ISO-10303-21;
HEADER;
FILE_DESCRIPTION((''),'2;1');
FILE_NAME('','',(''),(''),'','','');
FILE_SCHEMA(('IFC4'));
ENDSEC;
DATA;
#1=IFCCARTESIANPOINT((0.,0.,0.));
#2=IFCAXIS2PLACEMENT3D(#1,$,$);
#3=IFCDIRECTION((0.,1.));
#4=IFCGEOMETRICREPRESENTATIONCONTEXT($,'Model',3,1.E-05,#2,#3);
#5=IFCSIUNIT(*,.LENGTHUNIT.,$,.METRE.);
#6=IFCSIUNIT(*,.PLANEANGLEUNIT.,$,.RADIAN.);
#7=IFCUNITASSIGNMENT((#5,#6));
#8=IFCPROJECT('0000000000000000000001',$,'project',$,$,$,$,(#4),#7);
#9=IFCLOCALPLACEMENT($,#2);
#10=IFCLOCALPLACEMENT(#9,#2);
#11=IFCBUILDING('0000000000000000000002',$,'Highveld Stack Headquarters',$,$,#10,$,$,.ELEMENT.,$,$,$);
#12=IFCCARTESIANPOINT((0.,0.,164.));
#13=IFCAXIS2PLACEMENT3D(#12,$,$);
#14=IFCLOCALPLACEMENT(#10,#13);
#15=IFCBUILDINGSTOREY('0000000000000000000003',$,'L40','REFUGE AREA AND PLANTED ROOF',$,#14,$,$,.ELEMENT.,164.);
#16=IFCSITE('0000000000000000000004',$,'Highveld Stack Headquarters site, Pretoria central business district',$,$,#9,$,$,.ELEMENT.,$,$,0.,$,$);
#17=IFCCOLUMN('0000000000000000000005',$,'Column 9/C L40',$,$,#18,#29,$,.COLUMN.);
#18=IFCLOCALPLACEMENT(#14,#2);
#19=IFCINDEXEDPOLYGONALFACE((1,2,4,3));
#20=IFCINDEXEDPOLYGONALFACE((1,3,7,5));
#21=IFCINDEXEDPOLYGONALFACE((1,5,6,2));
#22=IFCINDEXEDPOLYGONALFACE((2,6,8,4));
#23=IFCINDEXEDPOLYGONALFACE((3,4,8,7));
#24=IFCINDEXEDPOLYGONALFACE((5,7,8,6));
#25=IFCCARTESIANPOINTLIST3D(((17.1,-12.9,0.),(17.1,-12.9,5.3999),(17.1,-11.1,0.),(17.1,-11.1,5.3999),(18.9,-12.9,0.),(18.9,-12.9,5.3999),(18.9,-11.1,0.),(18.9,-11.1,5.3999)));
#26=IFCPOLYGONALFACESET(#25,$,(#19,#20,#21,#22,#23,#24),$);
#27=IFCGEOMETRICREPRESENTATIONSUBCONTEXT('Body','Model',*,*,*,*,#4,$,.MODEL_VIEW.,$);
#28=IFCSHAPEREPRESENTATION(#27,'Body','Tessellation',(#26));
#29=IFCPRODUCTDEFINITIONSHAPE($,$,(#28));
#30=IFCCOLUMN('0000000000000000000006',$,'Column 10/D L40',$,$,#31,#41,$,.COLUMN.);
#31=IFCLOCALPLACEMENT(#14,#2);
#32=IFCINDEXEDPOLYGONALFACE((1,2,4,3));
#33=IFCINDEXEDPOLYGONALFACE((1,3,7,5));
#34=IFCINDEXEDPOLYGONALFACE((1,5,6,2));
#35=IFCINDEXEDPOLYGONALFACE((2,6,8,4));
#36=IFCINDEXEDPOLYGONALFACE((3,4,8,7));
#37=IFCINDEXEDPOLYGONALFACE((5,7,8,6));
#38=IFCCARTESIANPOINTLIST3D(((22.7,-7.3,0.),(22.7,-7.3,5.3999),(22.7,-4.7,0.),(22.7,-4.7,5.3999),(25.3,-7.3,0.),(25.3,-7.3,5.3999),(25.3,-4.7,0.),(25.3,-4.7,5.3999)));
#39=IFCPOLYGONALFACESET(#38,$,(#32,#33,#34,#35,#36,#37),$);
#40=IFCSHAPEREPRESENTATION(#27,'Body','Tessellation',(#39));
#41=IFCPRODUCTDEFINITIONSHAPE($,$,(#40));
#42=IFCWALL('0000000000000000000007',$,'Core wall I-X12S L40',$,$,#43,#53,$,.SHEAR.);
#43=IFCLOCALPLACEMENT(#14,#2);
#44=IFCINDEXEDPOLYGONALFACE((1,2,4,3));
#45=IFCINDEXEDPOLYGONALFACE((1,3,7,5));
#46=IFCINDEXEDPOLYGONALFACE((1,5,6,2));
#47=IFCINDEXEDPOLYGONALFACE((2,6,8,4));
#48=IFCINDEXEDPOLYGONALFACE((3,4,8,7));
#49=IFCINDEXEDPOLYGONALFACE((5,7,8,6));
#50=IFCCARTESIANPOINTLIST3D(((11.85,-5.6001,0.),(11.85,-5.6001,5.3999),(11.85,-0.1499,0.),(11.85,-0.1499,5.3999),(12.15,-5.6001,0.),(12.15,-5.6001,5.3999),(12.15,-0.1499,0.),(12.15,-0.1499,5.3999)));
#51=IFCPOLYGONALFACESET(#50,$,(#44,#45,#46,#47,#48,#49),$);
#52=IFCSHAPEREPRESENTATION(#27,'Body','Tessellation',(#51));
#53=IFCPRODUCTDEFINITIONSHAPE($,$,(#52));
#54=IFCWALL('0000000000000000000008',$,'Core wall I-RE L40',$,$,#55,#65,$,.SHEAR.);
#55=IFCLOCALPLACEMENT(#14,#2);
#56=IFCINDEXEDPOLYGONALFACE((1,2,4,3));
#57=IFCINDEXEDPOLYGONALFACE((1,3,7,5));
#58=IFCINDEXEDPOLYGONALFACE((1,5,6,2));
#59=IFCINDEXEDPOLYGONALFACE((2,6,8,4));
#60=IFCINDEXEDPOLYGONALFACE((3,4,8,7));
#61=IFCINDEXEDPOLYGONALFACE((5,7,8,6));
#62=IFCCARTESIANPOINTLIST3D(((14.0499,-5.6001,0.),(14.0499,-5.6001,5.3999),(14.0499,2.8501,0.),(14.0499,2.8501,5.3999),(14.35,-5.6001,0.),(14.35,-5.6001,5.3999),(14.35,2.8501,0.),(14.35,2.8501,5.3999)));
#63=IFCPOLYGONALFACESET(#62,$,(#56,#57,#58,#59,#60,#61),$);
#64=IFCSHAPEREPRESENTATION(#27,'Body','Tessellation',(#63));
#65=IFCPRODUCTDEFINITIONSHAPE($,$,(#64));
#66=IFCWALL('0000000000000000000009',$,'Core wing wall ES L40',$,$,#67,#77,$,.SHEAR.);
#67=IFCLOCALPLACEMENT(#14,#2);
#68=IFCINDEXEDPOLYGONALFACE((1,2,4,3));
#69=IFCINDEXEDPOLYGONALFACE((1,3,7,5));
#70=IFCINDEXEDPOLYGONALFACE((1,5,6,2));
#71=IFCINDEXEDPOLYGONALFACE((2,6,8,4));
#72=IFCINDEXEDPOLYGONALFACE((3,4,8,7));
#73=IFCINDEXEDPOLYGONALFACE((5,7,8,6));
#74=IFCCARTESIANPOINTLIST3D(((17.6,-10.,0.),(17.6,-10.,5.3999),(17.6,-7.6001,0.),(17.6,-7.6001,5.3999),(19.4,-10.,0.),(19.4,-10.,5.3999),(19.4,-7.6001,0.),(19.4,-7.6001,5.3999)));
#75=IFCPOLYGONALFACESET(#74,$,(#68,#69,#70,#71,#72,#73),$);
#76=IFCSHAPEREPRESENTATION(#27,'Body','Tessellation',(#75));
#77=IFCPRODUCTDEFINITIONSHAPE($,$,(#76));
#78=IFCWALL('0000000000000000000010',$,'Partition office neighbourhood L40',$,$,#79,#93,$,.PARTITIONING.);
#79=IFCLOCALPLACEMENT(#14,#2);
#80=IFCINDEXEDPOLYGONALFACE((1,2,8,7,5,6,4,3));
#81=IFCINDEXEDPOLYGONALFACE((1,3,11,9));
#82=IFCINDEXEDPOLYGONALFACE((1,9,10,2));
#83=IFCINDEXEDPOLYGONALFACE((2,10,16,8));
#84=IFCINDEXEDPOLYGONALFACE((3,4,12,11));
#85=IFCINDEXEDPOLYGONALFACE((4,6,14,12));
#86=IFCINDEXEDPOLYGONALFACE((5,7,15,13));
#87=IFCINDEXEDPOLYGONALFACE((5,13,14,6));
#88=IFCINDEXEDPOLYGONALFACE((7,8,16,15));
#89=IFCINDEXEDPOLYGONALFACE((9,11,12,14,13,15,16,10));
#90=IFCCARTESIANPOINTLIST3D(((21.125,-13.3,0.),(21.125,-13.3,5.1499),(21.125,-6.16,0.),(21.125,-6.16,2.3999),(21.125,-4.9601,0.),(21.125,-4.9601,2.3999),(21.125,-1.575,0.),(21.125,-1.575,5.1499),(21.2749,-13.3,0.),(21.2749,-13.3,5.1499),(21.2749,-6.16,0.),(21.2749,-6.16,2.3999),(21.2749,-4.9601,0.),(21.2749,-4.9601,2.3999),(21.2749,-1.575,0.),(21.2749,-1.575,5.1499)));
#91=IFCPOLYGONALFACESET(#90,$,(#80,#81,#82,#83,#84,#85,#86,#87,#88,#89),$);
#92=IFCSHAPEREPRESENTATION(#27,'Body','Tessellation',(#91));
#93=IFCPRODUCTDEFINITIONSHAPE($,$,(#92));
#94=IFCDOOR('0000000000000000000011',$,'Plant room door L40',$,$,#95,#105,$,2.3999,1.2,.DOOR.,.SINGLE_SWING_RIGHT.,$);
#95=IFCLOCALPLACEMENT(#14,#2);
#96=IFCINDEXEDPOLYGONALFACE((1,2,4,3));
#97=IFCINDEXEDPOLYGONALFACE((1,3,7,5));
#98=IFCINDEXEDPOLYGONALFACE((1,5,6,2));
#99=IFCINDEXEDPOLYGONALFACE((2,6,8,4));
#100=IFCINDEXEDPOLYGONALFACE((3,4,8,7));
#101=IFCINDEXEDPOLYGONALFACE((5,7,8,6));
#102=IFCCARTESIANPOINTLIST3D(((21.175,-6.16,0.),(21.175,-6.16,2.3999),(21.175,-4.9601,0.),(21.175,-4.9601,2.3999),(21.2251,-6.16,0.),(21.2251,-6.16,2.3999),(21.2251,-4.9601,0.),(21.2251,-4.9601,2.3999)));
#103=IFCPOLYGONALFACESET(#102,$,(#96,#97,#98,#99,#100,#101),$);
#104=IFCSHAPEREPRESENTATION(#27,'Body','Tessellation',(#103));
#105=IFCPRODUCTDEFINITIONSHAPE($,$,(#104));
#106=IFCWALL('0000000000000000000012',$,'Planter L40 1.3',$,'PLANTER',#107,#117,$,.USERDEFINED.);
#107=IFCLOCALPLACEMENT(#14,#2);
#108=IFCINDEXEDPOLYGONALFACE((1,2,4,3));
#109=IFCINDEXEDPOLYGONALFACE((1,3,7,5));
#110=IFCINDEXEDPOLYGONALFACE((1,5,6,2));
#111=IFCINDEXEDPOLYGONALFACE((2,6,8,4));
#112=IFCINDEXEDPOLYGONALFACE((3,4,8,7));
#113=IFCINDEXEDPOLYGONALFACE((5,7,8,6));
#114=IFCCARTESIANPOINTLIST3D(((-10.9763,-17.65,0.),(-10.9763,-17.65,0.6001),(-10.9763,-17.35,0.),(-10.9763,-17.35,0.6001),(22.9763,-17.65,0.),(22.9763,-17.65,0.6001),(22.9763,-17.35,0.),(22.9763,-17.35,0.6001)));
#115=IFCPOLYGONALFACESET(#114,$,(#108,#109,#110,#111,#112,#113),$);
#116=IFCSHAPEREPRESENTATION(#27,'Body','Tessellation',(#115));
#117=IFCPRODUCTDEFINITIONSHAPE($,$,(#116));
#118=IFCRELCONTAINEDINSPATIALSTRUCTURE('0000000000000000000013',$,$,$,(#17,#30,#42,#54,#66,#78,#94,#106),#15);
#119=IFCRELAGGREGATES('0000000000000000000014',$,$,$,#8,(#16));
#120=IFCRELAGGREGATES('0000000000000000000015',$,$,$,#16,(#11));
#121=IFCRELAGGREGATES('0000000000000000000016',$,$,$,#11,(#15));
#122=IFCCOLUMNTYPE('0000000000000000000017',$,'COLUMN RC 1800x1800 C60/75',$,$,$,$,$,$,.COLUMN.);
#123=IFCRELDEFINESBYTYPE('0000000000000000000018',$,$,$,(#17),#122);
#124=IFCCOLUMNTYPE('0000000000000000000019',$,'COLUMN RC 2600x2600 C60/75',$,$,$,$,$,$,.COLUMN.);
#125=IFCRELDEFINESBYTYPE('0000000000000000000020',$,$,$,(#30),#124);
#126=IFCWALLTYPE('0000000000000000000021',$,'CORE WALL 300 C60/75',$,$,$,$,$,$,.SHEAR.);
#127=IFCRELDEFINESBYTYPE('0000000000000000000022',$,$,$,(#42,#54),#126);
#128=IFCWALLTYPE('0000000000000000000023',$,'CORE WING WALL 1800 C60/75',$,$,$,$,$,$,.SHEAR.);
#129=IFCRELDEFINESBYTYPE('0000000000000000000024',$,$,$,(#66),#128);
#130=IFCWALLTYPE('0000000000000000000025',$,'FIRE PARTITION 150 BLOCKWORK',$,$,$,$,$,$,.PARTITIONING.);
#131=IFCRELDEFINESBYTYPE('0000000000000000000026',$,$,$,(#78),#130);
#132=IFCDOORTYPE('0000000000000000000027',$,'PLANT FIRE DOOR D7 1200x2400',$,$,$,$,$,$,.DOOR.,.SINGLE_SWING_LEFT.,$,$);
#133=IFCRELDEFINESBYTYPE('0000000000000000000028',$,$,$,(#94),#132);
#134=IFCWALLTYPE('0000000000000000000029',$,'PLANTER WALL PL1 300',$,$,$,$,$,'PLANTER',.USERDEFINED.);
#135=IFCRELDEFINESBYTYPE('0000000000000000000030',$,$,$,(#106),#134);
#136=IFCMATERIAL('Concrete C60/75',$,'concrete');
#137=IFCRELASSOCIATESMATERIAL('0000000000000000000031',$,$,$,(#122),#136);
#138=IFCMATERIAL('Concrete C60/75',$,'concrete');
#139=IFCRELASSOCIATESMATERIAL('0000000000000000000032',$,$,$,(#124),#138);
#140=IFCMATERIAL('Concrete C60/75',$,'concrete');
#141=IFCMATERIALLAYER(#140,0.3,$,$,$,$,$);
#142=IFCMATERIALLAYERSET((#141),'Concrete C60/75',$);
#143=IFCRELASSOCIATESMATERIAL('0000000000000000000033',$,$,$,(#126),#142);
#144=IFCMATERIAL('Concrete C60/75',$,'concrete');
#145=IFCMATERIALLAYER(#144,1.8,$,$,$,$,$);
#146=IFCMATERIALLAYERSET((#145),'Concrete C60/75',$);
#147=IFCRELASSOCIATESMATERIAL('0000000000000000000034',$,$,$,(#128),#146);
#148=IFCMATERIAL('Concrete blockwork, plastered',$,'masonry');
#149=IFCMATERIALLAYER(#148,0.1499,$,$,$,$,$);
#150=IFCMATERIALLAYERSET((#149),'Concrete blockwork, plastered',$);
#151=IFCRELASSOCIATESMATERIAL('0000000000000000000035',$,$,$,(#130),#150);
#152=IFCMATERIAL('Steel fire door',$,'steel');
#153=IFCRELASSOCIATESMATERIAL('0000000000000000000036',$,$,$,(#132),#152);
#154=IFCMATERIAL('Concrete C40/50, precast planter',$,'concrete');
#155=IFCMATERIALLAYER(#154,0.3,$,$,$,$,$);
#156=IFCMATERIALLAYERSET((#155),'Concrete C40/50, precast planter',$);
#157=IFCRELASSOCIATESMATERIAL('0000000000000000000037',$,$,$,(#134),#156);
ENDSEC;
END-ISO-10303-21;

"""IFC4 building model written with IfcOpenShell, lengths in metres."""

from ifc_helpers import new_model, si_unit, direction, frame, frame_2d, origin, origin_2d, place, context, subcontext, project, spatial, rectangle, extrude, material, layer, layer_set, material_profile, profile_set, type_object, element, fill, save


model = new_model("IFC4")

# Units and contexts
model_context = context("Model", 3, precision=1e-05, world=origin(), true_north=direction((0.0, 1.0)))
body_context = subcontext(model_context, "Body", "Model", "MODEL_VIEW")
ifc_project = project(units=[si_unit("LENGTHUNIT", "METRE"), si_unit("PLANEANGLEUNIT", "RADIAN")], contexts=[model_context])

# Site, building, storey
site_placement = place(None, origin())
site = spatial("IfcSite", under=ifc_project, at=site_placement, Name="Highveld Stack Headquarters site, Pretoria central business district", CompositionType="ELEMENT", RefElevation=0.0)
building_placement = place(site_placement, origin())
building = spatial("IfcBuilding", under=site, at=building_placement, Name="Highveld Stack Headquarters", CompositionType="ELEMENT")
storey_placement = place(building_placement, frame((0.0, 0.0, 164.0)))
storey = spatial("IfcBuildingStorey", under=building, at=storey_placement, Name="L40", Description="REFUGE AREA AND PLANTED ROOF", CompositionType="ELEMENT", Elevation=164.0)

# Columns
ifc_material_1 = material(Name="Concrete C60/75", Category="concrete")
ifc_material_profile_1 = material_profile(ifc_material_1, rectangle(XDim=1.8, YDim=1.8, at=origin_2d()), Name="RC 1800x1800")
ifc_profile_set_1 = profile_set([ifc_material_profile_1], Name="Concrete C60/75")
column_type_1 = type_object("IfcColumnType", Name="COLUMN RC 1800x1800 C60/75", PredefinedType="COLUMN", material=ifc_profile_set_1)
column_1_placement = place(storey_placement, frame((18.0, -12.0, 0.0), z_axis=(0.0, 0.0, 1.0), x_axis=(1.0, 0.0, 0.0)))
element("IfcColumn", 1, at=column_1_placement, inside=storey, type_object=column_type_1, Name="Column 9/C L40", PredefinedType="COLUMN", context=body_context, shape_type="SweptSolid", body=[
    extrude(rectangle(XDim=1.8, YDim=1.8, at=origin_2d()), origin(), (0.0, 0.0, 1.0), 5.3999),
])
ifc_material_2 = material(Name="Concrete C60/75", Category="concrete")
ifc_material_profile_2 = material_profile(ifc_material_2, rectangle(XDim=2.6001, YDim=2.6001, at=origin_2d()), Name="RC 2600x2600")
ifc_profile_set_2 = profile_set([ifc_material_profile_2], Name="Concrete C60/75")
column_type_2 = type_object("IfcColumnType", Name="COLUMN RC 2600x2600 C60/75", PredefinedType="COLUMN", material=ifc_profile_set_2)
column_2_placement = place(storey_placement, frame((24.0, -6.0, 0.0), z_axis=(0.0, 0.0, 1.0), x_axis=(1.0, 0.0, 0.0)))
element("IfcColumn", 2, at=column_2_placement, inside=storey, type_object=column_type_2, Name="Column 10/D L40", PredefinedType="COLUMN", context=body_context, shape_type="SweptSolid", body=[
    extrude(rectangle(XDim=2.6001, YDim=2.6001, at=origin_2d()), origin(), (0.0, 0.0, 1.0), 5.3999),
])

# Walls
ifc_material_3 = material(Name="Concrete C60/75", Category="concrete")
ifc_layer_1 = layer(ifc_material_3, 0.3)
ifc_layer_set_1 = layer_set([ifc_layer_1], Name="Concrete C60/75")
wall_type_1 = type_object("IfcWallType", Name="CORE WALL 300 C60/75", PredefinedType="SHEAR", material=ifc_layer_set_1)
wall_1_placement = place(storey_placement, frame((12.0, -5.6001, 0.0), z_axis=(0.0, 0.0, 1.0), x_axis=(0.0, 1.0, 0.0)))
element("IfcWall", 3, at=wall_1_placement, inside=storey, type_object=wall_type_1, Name="Core wall I-X12S L40", PredefinedType="SHEAR", context=body_context, shape_type="SweptSolid", body=[
    extrude(rectangle(XDim=5.4502, YDim=0.3, at=frame_2d((2.7251, 0.0))), origin(), (0.0, 0.0, 1.0), 5.3999),
])
wall_2_placement = place(storey_placement, frame((14.2, -5.6001, 0.0), z_axis=(0.0, 0.0, 1.0), x_axis=(0.0, 1.0, 0.0)))
element("IfcWall", 4, at=wall_2_placement, inside=storey, type_object=wall_type_1, Name="Core wall I-RE L40", PredefinedType="SHEAR", context=body_context, shape_type="SweptSolid", body=[
    extrude(rectangle(XDim=8.4502, YDim=0.3, at=frame_2d((4.2251, 0.0))), origin(), (0.0, 0.0, 1.0), 5.3999),
])
ifc_material_4 = material(Name="Concrete C60/75", Category="concrete")
ifc_layer_2 = layer(ifc_material_4, 1.8)
ifc_layer_set_2 = layer_set([ifc_layer_2], Name="Concrete C60/75")
wall_type_2 = type_object("IfcWallType", Name="CORE WING WALL 1800 C60/75", PredefinedType="SHEAR", material=ifc_layer_set_2)
wall_3_placement = place(storey_placement, frame((18.5, -10.0, 0.0), z_axis=(0.0, 0.0, 1.0), x_axis=(0.0, 1.0, 0.0)))
element("IfcWall", 5, at=wall_3_placement, inside=storey, type_object=wall_type_2, Name="Core wing wall ES L40", PredefinedType="SHEAR", context=body_context, shape_type="SweptSolid", body=[
    extrude(rectangle(XDim=2.3999, YDim=1.8, at=frame_2d((1.2, 0.0))), origin(), (0.0, 0.0, 1.0), 5.3999),
])

# Wall, opening, door
ifc_material_5 = material(Name="Concrete blockwork, plastered", Category="masonry")
ifc_layer_3 = layer(ifc_material_5, 0.1499)
ifc_layer_set_3 = layer_set([ifc_layer_3], Name="Concrete blockwork, plastered")
wall_type_3 = type_object("IfcWallType", Name="FIRE PARTITION 150 BLOCKWORK", PredefinedType="PARTITIONING", material=ifc_layer_set_3)
ifc_material_6 = material(Name="Steel fire door", Category="steel")
door_type_1 = type_object("IfcDoorType", Name="PLANT FIRE DOOR D7 1200x2400", OperationType="SINGLE_SWING_LEFT", PredefinedType="DOOR", material=ifc_material_6)
wall_4_placement = place(storey_placement, frame((21.2, -13.3, 0.0), z_axis=(0.0, 0.0, 1.0), x_axis=(0.0, 1.0, 0.0)))
wall_4 = element("IfcWall", 6, at=wall_4_placement, inside=storey, type_object=wall_type_3, Name="Partition office neighbourhood L40", PredefinedType="PARTITIONING", context=body_context, shape_type="SweptSolid", body=[
    extrude(rectangle(XDim=11.7251, YDim=0.1499, at=frame_2d((5.8625, 0.0))), origin(), (0.0, 0.0, 1.0), 5.1499),
])
opening_1_placement = place(wall_4_placement, frame((7.1399, 0.0, 0.0)))
opening_1 = element("IfcOpeningElement", 7, at=opening_1_placement, cuts=wall_4, PredefinedType="OPENING", context=body_context, shape_type="SweptSolid", body=[
    extrude(rectangle(XDim=1.2, YDim=2.3999, at=frame_2d((0.6001, 1.2))), frame((0.0, 0.085, 0.0), z_axis=(0.0, -1.0, 0.0), x_axis=(1.0, 0.0, 0.0)), (0.0, 0.0, 1.0), 0.1699),
])
door_1_placement = place(opening_1_placement, origin())
door_1 = element("IfcDoor", 8, at=door_1_placement, inside=storey, type_object=door_type_1, Name="Plant room door L40", OperationType="SINGLE_SWING_RIGHT", OverallHeight=2.3999, OverallWidth=1.2, PredefinedType="DOOR", context=body_context, shape_type="SweptSolid", body=[
    extrude(rectangle(XDim=1.2, YDim=2.3999, at=frame_2d((0.6001, 1.2))), frame((0.0, 0.0249, 0.0), z_axis=(0.0, -1.0, 0.0), x_axis=(1.0, 0.0, 0.0)), (0.0, 0.0, 1.0), 0.05),
])
fill(opening_1, door_1)

# Wall
ifc_material_7 = material(Name="Concrete C40/50, precast planter", Category="concrete")
ifc_layer_4 = layer(ifc_material_7, 0.3)
ifc_layer_set_4 = layer_set([ifc_layer_4], Name="Concrete C40/50, precast planter")
wall_type_4 = type_object("IfcWallType", Name="PLANTER WALL PL1 300", ElementType="PLANTER", PredefinedType="USERDEFINED", material=ifc_layer_set_4)
wall_5_placement = place(storey_placement, frame((22.9763, -17.5, 0.0), z_axis=(0.0, 0.0, 1.0), x_axis=(-1.0, 0.0, 0.0)))
element("IfcWall", 9, at=wall_5_placement, inside=storey, type_object=wall_type_4, Name="Planter L40 1.3", ObjectType="PLANTER", PredefinedType="USERDEFINED", context=body_context, shape_type="SweptSolid", body=[
    extrude(rectangle(XDim=33.9526, YDim=0.3, at=frame_2d((16.9763, 0.0))), origin(), (0.0, 0.0, 1.0), 0.6001),
])

save(model, "model.ifc")
